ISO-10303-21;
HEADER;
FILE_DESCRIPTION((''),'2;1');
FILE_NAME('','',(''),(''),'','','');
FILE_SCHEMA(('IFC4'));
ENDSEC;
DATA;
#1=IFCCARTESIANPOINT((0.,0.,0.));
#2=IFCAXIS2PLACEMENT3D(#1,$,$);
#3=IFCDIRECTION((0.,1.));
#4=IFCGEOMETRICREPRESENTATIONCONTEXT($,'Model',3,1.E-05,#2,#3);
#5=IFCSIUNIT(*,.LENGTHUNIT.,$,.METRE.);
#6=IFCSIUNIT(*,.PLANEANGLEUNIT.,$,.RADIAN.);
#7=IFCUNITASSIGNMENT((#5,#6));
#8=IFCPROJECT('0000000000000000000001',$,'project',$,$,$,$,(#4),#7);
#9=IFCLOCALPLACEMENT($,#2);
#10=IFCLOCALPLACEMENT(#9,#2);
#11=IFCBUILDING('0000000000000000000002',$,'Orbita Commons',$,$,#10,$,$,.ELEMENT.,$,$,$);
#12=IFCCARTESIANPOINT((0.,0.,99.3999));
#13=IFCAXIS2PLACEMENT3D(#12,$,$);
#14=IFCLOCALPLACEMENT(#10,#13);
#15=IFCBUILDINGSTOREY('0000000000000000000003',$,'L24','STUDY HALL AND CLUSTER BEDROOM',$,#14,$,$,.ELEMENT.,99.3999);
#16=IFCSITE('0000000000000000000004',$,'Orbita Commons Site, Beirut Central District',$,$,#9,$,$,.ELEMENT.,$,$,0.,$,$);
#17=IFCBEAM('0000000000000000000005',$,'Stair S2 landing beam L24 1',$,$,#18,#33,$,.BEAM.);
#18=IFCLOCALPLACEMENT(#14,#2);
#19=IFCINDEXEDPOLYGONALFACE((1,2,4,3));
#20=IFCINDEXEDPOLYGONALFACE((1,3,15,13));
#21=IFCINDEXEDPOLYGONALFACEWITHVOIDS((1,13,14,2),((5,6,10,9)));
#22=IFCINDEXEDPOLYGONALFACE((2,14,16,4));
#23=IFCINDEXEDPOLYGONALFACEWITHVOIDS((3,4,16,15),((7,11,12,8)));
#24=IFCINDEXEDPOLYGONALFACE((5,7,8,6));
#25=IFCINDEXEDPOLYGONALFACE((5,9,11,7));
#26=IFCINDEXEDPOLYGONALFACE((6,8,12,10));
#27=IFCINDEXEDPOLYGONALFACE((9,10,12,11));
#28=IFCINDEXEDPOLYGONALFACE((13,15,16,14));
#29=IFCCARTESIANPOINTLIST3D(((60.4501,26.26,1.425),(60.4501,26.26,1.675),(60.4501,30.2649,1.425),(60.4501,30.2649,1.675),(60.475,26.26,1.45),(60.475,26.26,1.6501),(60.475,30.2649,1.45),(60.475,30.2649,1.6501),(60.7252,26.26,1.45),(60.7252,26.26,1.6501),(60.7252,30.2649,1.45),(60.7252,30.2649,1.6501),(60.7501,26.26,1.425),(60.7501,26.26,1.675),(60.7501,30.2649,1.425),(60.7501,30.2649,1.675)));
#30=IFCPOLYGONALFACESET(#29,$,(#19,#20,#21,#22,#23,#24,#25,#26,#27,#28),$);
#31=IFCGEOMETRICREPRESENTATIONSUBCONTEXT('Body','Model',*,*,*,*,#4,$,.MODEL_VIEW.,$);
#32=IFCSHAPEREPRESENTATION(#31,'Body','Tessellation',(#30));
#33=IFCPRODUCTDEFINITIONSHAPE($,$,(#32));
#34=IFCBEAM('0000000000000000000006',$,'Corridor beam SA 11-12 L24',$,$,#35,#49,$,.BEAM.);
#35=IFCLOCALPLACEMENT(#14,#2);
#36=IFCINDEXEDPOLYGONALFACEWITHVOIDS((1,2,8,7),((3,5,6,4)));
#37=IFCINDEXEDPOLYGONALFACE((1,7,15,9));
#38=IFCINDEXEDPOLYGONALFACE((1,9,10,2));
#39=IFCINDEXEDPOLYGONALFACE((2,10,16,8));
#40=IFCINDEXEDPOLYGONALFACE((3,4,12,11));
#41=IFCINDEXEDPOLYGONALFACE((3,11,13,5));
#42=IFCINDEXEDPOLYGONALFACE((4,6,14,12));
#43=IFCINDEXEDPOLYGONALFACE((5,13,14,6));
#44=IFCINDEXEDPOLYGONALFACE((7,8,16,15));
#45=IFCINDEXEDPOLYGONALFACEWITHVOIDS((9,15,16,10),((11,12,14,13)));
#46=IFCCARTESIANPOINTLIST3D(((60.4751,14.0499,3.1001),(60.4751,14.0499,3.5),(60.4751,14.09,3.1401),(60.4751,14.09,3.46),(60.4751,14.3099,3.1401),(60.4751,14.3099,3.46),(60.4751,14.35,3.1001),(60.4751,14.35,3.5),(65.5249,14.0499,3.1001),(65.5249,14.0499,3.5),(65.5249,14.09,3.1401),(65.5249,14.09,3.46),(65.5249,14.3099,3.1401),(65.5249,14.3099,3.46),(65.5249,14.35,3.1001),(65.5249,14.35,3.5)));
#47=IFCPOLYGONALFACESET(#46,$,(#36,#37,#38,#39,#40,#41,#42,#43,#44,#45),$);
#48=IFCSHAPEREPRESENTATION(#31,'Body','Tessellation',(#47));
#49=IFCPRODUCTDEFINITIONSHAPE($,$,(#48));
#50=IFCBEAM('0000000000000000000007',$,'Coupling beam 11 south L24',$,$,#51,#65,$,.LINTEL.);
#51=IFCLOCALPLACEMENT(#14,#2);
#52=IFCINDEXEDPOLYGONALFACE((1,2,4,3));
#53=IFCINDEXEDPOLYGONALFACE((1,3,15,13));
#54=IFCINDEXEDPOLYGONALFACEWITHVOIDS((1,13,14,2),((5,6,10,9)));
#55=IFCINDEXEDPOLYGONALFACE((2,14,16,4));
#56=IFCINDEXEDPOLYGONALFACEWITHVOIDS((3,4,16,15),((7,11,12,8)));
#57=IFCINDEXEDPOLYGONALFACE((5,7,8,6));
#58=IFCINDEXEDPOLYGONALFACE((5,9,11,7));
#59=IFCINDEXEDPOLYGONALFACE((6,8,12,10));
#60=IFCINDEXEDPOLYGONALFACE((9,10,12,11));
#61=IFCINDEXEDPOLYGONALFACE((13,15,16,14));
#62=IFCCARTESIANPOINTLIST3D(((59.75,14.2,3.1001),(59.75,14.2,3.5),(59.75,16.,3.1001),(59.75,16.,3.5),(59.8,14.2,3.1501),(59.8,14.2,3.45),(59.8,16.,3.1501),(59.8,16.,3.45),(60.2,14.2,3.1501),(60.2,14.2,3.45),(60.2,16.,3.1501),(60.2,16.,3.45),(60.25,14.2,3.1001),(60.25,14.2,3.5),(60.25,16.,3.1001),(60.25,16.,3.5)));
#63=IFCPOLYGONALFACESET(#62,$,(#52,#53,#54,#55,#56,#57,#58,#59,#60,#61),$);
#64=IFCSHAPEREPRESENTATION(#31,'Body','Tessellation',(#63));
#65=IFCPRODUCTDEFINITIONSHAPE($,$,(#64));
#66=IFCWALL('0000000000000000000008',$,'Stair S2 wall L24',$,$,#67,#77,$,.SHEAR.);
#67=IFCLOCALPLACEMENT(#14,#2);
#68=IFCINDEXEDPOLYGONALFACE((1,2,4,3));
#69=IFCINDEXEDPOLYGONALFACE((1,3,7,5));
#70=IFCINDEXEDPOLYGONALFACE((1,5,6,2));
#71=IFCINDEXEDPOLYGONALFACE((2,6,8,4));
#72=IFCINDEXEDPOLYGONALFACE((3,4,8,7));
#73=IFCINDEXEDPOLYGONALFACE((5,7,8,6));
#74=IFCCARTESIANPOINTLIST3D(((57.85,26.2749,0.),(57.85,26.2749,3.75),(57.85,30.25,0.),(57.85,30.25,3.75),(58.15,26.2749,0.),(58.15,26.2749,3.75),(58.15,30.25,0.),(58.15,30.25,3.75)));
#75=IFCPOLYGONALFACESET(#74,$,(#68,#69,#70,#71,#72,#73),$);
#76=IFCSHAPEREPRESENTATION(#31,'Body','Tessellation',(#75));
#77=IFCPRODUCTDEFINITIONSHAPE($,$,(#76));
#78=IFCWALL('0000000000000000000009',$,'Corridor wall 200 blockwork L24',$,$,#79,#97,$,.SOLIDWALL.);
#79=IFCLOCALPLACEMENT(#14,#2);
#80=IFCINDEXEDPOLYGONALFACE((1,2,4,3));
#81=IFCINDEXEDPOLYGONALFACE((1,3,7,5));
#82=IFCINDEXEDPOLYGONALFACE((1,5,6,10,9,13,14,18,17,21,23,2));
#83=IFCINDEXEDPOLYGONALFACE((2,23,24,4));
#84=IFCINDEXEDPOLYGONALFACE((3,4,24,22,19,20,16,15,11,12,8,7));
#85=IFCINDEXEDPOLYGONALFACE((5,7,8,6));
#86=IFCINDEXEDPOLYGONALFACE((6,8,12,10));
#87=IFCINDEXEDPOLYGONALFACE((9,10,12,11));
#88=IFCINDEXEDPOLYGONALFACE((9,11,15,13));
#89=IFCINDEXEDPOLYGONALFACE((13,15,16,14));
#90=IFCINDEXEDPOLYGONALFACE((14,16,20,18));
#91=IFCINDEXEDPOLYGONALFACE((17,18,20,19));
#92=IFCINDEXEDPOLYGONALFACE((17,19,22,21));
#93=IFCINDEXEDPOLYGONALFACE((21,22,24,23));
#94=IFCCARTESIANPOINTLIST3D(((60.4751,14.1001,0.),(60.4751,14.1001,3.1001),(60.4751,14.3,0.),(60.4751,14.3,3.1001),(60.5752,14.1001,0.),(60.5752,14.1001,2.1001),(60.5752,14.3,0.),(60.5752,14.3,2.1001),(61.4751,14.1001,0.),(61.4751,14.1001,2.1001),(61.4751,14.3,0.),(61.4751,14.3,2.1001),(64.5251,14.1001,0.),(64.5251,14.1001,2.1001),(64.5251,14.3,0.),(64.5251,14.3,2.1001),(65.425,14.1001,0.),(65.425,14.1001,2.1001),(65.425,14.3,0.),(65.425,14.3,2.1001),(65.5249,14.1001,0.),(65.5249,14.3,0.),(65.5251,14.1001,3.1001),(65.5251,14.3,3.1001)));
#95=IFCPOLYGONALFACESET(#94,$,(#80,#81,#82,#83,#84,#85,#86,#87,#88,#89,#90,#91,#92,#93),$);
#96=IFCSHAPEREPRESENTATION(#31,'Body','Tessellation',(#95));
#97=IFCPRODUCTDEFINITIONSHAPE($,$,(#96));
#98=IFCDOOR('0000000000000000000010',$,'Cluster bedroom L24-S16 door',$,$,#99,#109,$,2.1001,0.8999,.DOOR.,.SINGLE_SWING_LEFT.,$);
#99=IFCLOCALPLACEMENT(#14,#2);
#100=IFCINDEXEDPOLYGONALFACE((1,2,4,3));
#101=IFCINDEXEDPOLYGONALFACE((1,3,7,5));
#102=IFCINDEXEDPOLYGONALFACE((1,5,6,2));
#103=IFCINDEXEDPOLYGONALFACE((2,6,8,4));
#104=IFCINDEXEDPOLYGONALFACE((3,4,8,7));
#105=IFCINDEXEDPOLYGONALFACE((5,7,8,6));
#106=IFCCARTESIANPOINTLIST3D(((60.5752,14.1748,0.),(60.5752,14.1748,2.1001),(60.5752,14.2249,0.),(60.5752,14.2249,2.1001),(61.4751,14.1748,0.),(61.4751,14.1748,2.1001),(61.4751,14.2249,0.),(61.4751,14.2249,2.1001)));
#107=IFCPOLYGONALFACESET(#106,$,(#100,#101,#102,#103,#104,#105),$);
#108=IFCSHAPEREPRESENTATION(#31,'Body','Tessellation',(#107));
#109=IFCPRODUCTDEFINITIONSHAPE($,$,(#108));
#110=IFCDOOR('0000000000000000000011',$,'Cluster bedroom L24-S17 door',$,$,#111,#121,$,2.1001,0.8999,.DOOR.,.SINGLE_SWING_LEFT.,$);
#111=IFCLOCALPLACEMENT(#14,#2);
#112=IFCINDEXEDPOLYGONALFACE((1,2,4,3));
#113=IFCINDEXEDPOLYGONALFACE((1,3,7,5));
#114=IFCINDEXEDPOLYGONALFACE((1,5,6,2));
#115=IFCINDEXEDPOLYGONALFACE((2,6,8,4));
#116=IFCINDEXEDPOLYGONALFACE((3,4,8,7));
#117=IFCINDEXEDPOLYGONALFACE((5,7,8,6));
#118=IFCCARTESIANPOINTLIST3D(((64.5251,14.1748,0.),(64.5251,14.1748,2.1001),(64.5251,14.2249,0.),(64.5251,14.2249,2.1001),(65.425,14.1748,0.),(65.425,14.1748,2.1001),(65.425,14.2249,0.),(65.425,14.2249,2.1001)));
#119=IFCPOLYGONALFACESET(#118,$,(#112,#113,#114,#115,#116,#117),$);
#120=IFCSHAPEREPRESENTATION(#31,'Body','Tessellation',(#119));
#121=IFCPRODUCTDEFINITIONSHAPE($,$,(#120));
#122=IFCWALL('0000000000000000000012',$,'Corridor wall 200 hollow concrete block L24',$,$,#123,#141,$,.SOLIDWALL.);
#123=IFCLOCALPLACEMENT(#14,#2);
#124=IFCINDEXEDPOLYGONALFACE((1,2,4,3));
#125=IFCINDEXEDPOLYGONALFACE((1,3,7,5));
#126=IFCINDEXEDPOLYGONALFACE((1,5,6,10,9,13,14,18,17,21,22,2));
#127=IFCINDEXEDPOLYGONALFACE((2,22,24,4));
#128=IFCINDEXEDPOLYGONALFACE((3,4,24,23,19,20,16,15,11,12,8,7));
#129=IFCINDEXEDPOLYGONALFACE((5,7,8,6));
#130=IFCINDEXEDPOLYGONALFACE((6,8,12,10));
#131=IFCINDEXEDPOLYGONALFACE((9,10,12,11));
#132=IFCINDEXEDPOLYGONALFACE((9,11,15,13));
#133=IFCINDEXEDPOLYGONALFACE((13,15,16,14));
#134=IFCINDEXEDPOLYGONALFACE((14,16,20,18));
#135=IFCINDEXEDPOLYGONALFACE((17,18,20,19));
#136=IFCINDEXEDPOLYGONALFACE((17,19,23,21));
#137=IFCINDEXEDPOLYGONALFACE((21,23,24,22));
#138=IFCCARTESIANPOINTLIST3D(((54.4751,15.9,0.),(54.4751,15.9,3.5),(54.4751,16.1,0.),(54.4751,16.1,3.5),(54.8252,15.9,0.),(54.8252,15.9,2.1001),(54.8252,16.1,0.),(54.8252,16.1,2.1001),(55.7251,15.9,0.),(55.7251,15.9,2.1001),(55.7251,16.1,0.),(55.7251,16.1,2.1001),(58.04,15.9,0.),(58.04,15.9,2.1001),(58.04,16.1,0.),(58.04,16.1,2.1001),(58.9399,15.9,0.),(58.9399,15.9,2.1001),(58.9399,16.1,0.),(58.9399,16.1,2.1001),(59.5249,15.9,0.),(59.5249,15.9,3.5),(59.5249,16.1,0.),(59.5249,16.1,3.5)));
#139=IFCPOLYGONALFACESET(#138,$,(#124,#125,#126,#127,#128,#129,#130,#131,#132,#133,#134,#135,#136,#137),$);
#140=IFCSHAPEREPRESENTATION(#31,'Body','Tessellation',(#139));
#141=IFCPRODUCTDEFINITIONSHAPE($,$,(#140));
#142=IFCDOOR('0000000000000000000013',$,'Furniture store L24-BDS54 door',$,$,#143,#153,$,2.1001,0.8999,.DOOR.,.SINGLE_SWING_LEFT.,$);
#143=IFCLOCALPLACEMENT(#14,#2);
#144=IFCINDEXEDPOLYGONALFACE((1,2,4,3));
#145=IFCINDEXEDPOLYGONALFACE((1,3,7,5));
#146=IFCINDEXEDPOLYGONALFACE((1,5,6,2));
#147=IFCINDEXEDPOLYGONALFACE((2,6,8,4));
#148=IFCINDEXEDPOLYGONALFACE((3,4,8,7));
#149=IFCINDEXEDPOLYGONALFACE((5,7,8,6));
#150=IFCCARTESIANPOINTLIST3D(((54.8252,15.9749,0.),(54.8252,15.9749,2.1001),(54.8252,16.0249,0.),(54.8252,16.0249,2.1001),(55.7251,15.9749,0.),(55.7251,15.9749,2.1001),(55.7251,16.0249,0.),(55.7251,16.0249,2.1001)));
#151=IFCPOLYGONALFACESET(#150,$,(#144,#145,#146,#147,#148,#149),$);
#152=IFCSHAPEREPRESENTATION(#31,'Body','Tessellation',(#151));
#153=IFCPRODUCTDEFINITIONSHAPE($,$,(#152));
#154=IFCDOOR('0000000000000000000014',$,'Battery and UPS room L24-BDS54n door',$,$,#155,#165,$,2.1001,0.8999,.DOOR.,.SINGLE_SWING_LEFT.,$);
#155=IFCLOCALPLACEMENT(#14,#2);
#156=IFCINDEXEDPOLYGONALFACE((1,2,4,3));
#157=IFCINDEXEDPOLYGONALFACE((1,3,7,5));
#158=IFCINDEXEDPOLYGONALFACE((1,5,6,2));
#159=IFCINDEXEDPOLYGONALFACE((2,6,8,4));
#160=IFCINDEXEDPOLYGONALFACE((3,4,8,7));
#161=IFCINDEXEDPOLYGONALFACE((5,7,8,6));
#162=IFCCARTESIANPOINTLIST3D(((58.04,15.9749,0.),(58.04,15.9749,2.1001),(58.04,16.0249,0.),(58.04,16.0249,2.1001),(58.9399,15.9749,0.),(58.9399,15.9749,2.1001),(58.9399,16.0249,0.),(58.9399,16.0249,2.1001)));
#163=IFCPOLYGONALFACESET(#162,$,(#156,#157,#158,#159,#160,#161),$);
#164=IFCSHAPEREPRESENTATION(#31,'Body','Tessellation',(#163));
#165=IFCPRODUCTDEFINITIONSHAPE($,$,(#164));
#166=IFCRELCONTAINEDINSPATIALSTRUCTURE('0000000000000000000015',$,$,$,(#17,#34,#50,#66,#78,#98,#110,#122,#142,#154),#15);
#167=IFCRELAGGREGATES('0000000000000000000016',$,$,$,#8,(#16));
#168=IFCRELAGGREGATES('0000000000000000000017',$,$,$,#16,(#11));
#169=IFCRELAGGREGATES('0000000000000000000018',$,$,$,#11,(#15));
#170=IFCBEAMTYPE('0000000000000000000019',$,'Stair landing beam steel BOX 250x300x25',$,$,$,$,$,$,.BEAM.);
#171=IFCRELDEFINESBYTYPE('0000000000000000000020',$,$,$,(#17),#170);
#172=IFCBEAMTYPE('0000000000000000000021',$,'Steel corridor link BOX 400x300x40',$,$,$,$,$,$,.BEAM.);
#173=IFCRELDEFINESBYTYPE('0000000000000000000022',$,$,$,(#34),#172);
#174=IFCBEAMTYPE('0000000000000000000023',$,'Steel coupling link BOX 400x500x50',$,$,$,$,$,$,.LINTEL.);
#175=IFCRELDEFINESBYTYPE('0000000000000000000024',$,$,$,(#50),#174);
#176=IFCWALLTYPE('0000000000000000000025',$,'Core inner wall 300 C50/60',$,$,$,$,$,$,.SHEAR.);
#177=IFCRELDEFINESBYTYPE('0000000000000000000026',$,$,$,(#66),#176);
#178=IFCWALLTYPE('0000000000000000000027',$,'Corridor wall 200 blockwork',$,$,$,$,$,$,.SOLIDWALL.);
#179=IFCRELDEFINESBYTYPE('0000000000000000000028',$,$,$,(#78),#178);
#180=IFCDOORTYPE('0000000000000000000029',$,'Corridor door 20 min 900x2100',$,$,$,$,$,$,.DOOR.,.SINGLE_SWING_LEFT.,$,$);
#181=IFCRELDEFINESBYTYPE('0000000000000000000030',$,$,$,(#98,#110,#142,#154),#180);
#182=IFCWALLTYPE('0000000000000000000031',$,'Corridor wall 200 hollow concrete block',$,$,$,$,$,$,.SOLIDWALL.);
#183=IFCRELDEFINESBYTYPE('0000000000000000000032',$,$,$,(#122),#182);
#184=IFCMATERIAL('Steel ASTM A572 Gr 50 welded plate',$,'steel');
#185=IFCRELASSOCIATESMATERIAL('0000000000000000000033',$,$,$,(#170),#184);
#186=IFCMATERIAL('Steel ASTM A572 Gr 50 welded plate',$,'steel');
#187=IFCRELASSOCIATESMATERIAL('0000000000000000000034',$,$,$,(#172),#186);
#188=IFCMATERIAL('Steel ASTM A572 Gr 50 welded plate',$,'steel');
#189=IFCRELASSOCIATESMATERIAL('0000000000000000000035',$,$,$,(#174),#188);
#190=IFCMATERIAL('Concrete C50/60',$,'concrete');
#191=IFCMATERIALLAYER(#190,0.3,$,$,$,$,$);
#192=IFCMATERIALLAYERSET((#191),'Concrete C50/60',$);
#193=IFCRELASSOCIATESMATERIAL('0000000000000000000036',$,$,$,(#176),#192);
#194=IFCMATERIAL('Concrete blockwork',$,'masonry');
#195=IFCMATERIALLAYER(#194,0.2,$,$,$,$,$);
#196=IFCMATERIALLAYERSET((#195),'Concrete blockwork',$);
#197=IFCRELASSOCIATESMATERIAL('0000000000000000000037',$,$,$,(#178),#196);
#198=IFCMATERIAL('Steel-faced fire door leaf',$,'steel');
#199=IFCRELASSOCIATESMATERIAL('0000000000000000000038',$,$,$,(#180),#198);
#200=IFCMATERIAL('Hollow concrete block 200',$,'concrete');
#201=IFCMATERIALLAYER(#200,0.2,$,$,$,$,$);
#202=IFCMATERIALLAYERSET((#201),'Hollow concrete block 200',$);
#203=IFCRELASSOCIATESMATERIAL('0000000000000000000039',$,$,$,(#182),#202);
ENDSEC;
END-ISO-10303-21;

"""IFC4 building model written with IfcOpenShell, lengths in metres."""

from ifc_helpers import new_model, si_unit, direction, frame, frame_2d, origin, origin_2d, place, context, subcontext, project, spatial, polyline, rectangle, hollow_rectangle, outline, extrude, material, layer, layer_set, material_profile, profile_set, type_object, element, fill, save


model = new_model("IFC4")

# Units and contexts
model_context = context("Model", 3, precision=1e-05, world=origin(), true_north=direction((0.0, 1.0)))
body_context = subcontext(model_context, "Body", "Model", "MODEL_VIEW")
ifc_project = project(units=[si_unit("LENGTHUNIT", "METRE"), si_unit("PLANEANGLEUNIT", "RADIAN")], contexts=[model_context])

# Site, building, storey
site_placement = place(None, origin())
site = spatial("IfcSite", under=ifc_project, at=site_placement, Name="Orbita Commons Site, Beirut Central District", CompositionType="ELEMENT", RefElevation=0.0)
building_placement = place(site_placement, origin())
building = spatial("IfcBuilding", under=site, at=building_placement, Name="Orbita Commons", CompositionType="ELEMENT")
storey_placement = place(building_placement, frame((0.0, 0.0, 99.3999)))
storey = spatial("IfcBuildingStorey", under=building, at=storey_placement, Name="L24", Description="STUDY HALL AND CLUSTER BEDROOM", CompositionType="ELEMENT", Elevation=99.3999)

# Beams
ifc_material_1 = material(Name="Steel ASTM A572 Gr 50 welded plate", Category="steel")
ifc_material_profile_1 = material_profile(ifc_material_1, hollow_rectangle(XDim=0.3, YDim=0.25, WallThickness=0.0249, at=origin_2d()), Name="BOX 250x300x25")
ifc_profile_set_1 = profile_set([ifc_material_profile_1], Name="Steel ASTM A572 Gr 50 welded plate")
beam_type_1 = type_object("IfcBeamType", Name="Stair landing beam steel BOX 250x300x25", PredefinedType="BEAM", material=ifc_profile_set_1)
beam_1_placement = place(storey_placement, frame((60.6001, 26.26, 1.55), z_axis=(0.0, 1.0, 0.0), x_axis=(-1.0, 0.0, 0.0)))
element("IfcBeam", 1, at=beam_1_placement, inside=storey, type_object=beam_type_1, Name="Stair S2 landing beam L24 1", PredefinedType="BEAM", context=body_context, shape_type="SweptSolid", body=[
    extrude(hollow_rectangle(XDim=0.3, YDim=0.25, WallThickness=0.0249, at=origin_2d()), origin(), (0.0, 0.0, 1.0), 4.0049),
])
ifc_material_2 = material(Name="Steel ASTM A572 Gr 50 welded plate", Category="steel")
ifc_material_profile_2 = material_profile(ifc_material_2, hollow_rectangle(XDim=0.3, YDim=0.3999, WallThickness=0.04, at=origin_2d()), Name="BOX 400x300x40")
ifc_profile_set_2 = profile_set([ifc_material_profile_2], Name="Steel ASTM A572 Gr 50 welded plate")
beam_type_2 = type_object("IfcBeamType", Name="Steel corridor link BOX 400x300x40", PredefinedType="BEAM", material=ifc_profile_set_2)
beam_2_placement = place(storey_placement, frame((60.4751, 14.2, 3.3), z_axis=(1.0, 0.0, 0.0), x_axis=(0.0, 1.0, 0.0)))
element("IfcBeam", 2, at=beam_2_placement, inside=storey, type_object=beam_type_2, Name="Corridor beam SA 11-12 L24", PredefinedType="BEAM", context=body_context, shape_type="SweptSolid", body=[
    extrude(hollow_rectangle(XDim=0.3, YDim=0.3999, WallThickness=0.04, at=origin_2d()), origin(), (0.0, 0.0, 1.0), 5.0498),
])
ifc_material_3 = material(Name="Steel ASTM A572 Gr 50 welded plate", Category="steel")
ifc_material_profile_3 = material_profile(ifc_material_3, hollow_rectangle(XDim=0.5, YDim=0.3999, WallThickness=0.05, at=origin_2d()), Name="BOX 400x500x50")
ifc_profile_set_3 = profile_set([ifc_material_profile_3], Name="Steel ASTM A572 Gr 50 welded plate")
beam_type_3 = type_object("IfcBeamType", Name="Steel coupling link BOX 400x500x50", PredefinedType="LINTEL", material=ifc_profile_set_3)
beam_3_placement = place(storey_placement, frame((60.0, 14.2, 3.3), z_axis=(0.0, 1.0, 0.0), x_axis=(-1.0, 0.0, 0.0)))
element("IfcBeam", 3, at=beam_3_placement, inside=storey, type_object=beam_type_3, Name="Coupling beam 11 south L24", PredefinedType="LINTEL", context=body_context, shape_type="SweptSolid", body=[
    extrude(hollow_rectangle(XDim=0.5, YDim=0.3999, WallThickness=0.05, at=origin_2d()), origin(), (0.0, 0.0, 1.0), 1.8),
])

# Wall
ifc_material_4 = material(Name="Concrete C50/60", Category="concrete")
ifc_layer_1 = layer(ifc_material_4, 0.3)
ifc_layer_set_1 = layer_set([ifc_layer_1], Name="Concrete C50/60")
wall_type_1 = type_object("IfcWallType", Name="Core inner wall 300 C50/60", PredefinedType="SHEAR", material=ifc_layer_set_1)
wall_1_placement = place(storey_placement, frame((58.0, 26.2749, 0.0), z_axis=(0.0, 0.0, 1.0), x_axis=(0.0, 1.0, 0.0)))
element("IfcWall", 4, at=wall_1_placement, inside=storey, type_object=wall_type_1, Name="Stair S2 wall L24", PredefinedType="SHEAR", context=body_context, shape_type="SweptSolid", body=[
    extrude(rectangle(XDim=3.9751, YDim=0.3, at=frame_2d((1.9875, 0.0))), origin(), (0.0, 0.0, 1.0), 3.75),
])

# Walls, openings, doors
ifc_material_5 = material(Name="Concrete blockwork", Category="masonry")
ifc_layer_2 = layer(ifc_material_5, 0.2)
ifc_layer_set_2 = layer_set([ifc_layer_2], Name="Concrete blockwork")
wall_type_2 = type_object("IfcWallType", Name="Corridor wall 200 blockwork", PredefinedType="SOLIDWALL", material=ifc_layer_set_2)
wall_2_placement = place(storey_placement, frame((60.4751, 14.2, 0.0), z_axis=(0.0, 0.0, 1.0), x_axis=(1.0, 0.0, 0.0)))
wall_2 = element("IfcWall", 5, at=wall_2_placement, inside=storey, type_object=wall_type_2, Name="Corridor wall 200 blockwork L24", PredefinedType="SOLIDWALL", context=body_context, shape_type="SweptSolid", body=[
    extrude(outline(polyline([(0.0, 0.0), (5.0498, 0.0), (5.05, 3.1001), (0.0, 3.1001), (0.0, 0.0)])), frame((0.0, 0.1001, 0.0), z_axis=(0.0, -1.0, 0.0), x_axis=(1.0, 0.0, 0.0)), (0.0, 0.0, 1.0), 0.2),
])
opening_1_placement = place(wall_2_placement, frame((0.1001, 0.0, 0.0)))
opening_1 = element("IfcOpeningElement", 6, at=opening_1_placement, cuts=wall_2, PredefinedType="OPENING", context=body_context, shape_type="SweptSolid", body=[
    extrude(rectangle(XDim=0.8999, YDim=2.1001, at=frame_2d((0.45, 1.05))), frame((0.0, 0.1099, 0.0), z_axis=(0.0, -1.0, 0.0), x_axis=(1.0, 0.0, 0.0)), (0.0, 0.0, 1.0), 0.22),
])
opening_2_placement = place(wall_2_placement, frame((4.05, 0.0, 0.0)))
opening_2 = element("IfcOpeningElement", 7, at=opening_2_placement, cuts=wall_2, PredefinedType="OPENING", context=body_context, shape_type="SweptSolid", body=[
    extrude(rectangle(XDim=0.8999, YDim=2.1001, at=frame_2d((0.45, 1.05))), frame((0.0, 0.1099, 0.0), z_axis=(0.0, -1.0, 0.0), x_axis=(1.0, 0.0, 0.0)), (0.0, 0.0, 1.0), 0.22),
])
ifc_material_6 = material(Name="Steel-faced fire door leaf", Category="steel")
door_type_1 = type_object("IfcDoorType", Name="Corridor door 20 min 900x2100", OperationType="SINGLE_SWING_LEFT", PredefinedType="DOOR", material=ifc_material_6)
door_1_placement = place(opening_1_placement, origin())
door_1 = element("IfcDoor", 8, at=door_1_placement, inside=storey, type_object=door_type_1, Name="Cluster bedroom L24-S16 door", OperationType="SINGLE_SWING_LEFT", OverallHeight=2.1001, OverallWidth=0.8999, PredefinedType="DOOR", context=body_context, shape_type="SweptSolid", body=[
    extrude(rectangle(XDim=0.8999, YDim=2.1001, at=frame_2d((0.45, 1.05))), frame((0.0, 0.0249, 0.0), z_axis=(0.0, -1.0, 0.0), x_axis=(1.0, 0.0, 0.0)), (0.0, 0.0, 1.0), 0.05),
])
fill(opening_1, door_1)
door_2_placement = place(opening_2_placement, origin())
door_2 = element("IfcDoor", 9, at=door_2_placement, inside=storey, type_object=door_type_1, Name="Cluster bedroom L24-S17 door", OperationType="SINGLE_SWING_LEFT", OverallHeight=2.1001, OverallWidth=0.8999, PredefinedType="DOOR", context=body_context, shape_type="SweptSolid", body=[
    extrude(rectangle(XDim=0.8999, YDim=2.1001, at=frame_2d((0.45, 1.05))), frame((0.0, 0.0249, 0.0), z_axis=(0.0, -1.0, 0.0), x_axis=(1.0, 0.0, 0.0)), (0.0, 0.0, 1.0), 0.05),
])
fill(opening_2, door_2)
ifc_material_7 = material(Name="Hollow concrete block 200", Category="concrete")
ifc_layer_3 = layer(ifc_material_7, 0.2)
ifc_layer_set_3 = layer_set([ifc_layer_3], Name="Hollow concrete block 200")
wall_type_3 = type_object("IfcWallType", Name="Corridor wall 200 hollow concrete block", PredefinedType="SOLIDWALL", material=ifc_layer_set_3)
wall_3_placement = place(storey_placement, frame((54.4751, 16.0, 0.0), z_axis=(0.0, 0.0, 1.0), x_axis=(1.0, 0.0, 0.0)))
wall_3 = element("IfcWall", 10, at=wall_3_placement, inside=storey, type_object=wall_type_3, Name="Corridor wall 200 hollow concrete block L24", PredefinedType="SOLIDWALL", context=body_context, shape_type="SweptSolid", body=[
    extrude(rectangle(XDim=5.0498, YDim=0.2, at=frame_2d((2.5249, 0.0))), origin(), (0.0, 0.0, 1.0), 3.5),
])
opening_3_placement = place(wall_3_placement, frame((0.3501, 0.0, 0.0)))
opening_3 = element("IfcOpeningElement", 11, at=opening_3_placement, cuts=wall_3, PredefinedType="OPENING", context=body_context, shape_type="SweptSolid", body=[
    extrude(rectangle(XDim=0.8999, YDim=2.1001, at=frame_2d((0.45, 1.05))), frame((0.0, 0.1099, 0.0), z_axis=(0.0, -1.0, 0.0), x_axis=(1.0, 0.0, 0.0)), (0.0, 0.0, 1.0), 0.22),
])
opening_4_placement = place(wall_3_placement, frame((3.5649, 0.0, 0.0)))
opening_4 = element("IfcOpeningElement", 12, at=opening_4_placement, cuts=wall_3, PredefinedType="OPENING", context=body_context, shape_type="SweptSolid", body=[
    extrude(rectangle(XDim=0.8999, YDim=2.1001, at=frame_2d((0.45, 1.05))), frame((0.0, 0.1099, 0.0), z_axis=(0.0, -1.0, 0.0), x_axis=(1.0, 0.0, 0.0)), (0.0, 0.0, 1.0), 0.22),
])
door_3_placement = place(opening_3_placement, origin())
door_3 = element("IfcDoor", 13, at=door_3_placement, inside=storey, type_object=door_type_1, Name="Furniture store L24-BDS54 door", OperationType="SINGLE_SWING_LEFT", OverallHeight=2.1001, OverallWidth=0.8999, PredefinedType="DOOR", context=body_context, shape_type="SweptSolid", body=[
    extrude(rectangle(XDim=0.8999, YDim=2.1001, at=frame_2d((0.45, 1.05))), frame((0.0, 0.0249, 0.0), z_axis=(0.0, -1.0, 0.0), x_axis=(1.0, 0.0, 0.0)), (0.0, 0.0, 1.0), 0.05),
])
fill(opening_3, door_3)
door_4_placement = place(opening_4_placement, origin())
door_4 = element("IfcDoor", 14, at=door_4_placement, inside=storey, type_object=door_type_1, Name="Battery and UPS room L24-BDS54n door", OperationType="SINGLE_SWING_LEFT", OverallHeight=2.1001, OverallWidth=0.8999, PredefinedType="DOOR", context=body_context, shape_type="SweptSolid", body=[
    extrude(rectangle(XDim=0.8999, YDim=2.1001, at=frame_2d((0.45, 1.05))), frame((0.0, 0.0249, 0.0), z_axis=(0.0, -1.0, 0.0), x_axis=(1.0, 0.0, 0.0)), (0.0, 0.0, 1.0), 0.05),
])
fill(opening_4, door_4)

save(model, "model.ifc")
